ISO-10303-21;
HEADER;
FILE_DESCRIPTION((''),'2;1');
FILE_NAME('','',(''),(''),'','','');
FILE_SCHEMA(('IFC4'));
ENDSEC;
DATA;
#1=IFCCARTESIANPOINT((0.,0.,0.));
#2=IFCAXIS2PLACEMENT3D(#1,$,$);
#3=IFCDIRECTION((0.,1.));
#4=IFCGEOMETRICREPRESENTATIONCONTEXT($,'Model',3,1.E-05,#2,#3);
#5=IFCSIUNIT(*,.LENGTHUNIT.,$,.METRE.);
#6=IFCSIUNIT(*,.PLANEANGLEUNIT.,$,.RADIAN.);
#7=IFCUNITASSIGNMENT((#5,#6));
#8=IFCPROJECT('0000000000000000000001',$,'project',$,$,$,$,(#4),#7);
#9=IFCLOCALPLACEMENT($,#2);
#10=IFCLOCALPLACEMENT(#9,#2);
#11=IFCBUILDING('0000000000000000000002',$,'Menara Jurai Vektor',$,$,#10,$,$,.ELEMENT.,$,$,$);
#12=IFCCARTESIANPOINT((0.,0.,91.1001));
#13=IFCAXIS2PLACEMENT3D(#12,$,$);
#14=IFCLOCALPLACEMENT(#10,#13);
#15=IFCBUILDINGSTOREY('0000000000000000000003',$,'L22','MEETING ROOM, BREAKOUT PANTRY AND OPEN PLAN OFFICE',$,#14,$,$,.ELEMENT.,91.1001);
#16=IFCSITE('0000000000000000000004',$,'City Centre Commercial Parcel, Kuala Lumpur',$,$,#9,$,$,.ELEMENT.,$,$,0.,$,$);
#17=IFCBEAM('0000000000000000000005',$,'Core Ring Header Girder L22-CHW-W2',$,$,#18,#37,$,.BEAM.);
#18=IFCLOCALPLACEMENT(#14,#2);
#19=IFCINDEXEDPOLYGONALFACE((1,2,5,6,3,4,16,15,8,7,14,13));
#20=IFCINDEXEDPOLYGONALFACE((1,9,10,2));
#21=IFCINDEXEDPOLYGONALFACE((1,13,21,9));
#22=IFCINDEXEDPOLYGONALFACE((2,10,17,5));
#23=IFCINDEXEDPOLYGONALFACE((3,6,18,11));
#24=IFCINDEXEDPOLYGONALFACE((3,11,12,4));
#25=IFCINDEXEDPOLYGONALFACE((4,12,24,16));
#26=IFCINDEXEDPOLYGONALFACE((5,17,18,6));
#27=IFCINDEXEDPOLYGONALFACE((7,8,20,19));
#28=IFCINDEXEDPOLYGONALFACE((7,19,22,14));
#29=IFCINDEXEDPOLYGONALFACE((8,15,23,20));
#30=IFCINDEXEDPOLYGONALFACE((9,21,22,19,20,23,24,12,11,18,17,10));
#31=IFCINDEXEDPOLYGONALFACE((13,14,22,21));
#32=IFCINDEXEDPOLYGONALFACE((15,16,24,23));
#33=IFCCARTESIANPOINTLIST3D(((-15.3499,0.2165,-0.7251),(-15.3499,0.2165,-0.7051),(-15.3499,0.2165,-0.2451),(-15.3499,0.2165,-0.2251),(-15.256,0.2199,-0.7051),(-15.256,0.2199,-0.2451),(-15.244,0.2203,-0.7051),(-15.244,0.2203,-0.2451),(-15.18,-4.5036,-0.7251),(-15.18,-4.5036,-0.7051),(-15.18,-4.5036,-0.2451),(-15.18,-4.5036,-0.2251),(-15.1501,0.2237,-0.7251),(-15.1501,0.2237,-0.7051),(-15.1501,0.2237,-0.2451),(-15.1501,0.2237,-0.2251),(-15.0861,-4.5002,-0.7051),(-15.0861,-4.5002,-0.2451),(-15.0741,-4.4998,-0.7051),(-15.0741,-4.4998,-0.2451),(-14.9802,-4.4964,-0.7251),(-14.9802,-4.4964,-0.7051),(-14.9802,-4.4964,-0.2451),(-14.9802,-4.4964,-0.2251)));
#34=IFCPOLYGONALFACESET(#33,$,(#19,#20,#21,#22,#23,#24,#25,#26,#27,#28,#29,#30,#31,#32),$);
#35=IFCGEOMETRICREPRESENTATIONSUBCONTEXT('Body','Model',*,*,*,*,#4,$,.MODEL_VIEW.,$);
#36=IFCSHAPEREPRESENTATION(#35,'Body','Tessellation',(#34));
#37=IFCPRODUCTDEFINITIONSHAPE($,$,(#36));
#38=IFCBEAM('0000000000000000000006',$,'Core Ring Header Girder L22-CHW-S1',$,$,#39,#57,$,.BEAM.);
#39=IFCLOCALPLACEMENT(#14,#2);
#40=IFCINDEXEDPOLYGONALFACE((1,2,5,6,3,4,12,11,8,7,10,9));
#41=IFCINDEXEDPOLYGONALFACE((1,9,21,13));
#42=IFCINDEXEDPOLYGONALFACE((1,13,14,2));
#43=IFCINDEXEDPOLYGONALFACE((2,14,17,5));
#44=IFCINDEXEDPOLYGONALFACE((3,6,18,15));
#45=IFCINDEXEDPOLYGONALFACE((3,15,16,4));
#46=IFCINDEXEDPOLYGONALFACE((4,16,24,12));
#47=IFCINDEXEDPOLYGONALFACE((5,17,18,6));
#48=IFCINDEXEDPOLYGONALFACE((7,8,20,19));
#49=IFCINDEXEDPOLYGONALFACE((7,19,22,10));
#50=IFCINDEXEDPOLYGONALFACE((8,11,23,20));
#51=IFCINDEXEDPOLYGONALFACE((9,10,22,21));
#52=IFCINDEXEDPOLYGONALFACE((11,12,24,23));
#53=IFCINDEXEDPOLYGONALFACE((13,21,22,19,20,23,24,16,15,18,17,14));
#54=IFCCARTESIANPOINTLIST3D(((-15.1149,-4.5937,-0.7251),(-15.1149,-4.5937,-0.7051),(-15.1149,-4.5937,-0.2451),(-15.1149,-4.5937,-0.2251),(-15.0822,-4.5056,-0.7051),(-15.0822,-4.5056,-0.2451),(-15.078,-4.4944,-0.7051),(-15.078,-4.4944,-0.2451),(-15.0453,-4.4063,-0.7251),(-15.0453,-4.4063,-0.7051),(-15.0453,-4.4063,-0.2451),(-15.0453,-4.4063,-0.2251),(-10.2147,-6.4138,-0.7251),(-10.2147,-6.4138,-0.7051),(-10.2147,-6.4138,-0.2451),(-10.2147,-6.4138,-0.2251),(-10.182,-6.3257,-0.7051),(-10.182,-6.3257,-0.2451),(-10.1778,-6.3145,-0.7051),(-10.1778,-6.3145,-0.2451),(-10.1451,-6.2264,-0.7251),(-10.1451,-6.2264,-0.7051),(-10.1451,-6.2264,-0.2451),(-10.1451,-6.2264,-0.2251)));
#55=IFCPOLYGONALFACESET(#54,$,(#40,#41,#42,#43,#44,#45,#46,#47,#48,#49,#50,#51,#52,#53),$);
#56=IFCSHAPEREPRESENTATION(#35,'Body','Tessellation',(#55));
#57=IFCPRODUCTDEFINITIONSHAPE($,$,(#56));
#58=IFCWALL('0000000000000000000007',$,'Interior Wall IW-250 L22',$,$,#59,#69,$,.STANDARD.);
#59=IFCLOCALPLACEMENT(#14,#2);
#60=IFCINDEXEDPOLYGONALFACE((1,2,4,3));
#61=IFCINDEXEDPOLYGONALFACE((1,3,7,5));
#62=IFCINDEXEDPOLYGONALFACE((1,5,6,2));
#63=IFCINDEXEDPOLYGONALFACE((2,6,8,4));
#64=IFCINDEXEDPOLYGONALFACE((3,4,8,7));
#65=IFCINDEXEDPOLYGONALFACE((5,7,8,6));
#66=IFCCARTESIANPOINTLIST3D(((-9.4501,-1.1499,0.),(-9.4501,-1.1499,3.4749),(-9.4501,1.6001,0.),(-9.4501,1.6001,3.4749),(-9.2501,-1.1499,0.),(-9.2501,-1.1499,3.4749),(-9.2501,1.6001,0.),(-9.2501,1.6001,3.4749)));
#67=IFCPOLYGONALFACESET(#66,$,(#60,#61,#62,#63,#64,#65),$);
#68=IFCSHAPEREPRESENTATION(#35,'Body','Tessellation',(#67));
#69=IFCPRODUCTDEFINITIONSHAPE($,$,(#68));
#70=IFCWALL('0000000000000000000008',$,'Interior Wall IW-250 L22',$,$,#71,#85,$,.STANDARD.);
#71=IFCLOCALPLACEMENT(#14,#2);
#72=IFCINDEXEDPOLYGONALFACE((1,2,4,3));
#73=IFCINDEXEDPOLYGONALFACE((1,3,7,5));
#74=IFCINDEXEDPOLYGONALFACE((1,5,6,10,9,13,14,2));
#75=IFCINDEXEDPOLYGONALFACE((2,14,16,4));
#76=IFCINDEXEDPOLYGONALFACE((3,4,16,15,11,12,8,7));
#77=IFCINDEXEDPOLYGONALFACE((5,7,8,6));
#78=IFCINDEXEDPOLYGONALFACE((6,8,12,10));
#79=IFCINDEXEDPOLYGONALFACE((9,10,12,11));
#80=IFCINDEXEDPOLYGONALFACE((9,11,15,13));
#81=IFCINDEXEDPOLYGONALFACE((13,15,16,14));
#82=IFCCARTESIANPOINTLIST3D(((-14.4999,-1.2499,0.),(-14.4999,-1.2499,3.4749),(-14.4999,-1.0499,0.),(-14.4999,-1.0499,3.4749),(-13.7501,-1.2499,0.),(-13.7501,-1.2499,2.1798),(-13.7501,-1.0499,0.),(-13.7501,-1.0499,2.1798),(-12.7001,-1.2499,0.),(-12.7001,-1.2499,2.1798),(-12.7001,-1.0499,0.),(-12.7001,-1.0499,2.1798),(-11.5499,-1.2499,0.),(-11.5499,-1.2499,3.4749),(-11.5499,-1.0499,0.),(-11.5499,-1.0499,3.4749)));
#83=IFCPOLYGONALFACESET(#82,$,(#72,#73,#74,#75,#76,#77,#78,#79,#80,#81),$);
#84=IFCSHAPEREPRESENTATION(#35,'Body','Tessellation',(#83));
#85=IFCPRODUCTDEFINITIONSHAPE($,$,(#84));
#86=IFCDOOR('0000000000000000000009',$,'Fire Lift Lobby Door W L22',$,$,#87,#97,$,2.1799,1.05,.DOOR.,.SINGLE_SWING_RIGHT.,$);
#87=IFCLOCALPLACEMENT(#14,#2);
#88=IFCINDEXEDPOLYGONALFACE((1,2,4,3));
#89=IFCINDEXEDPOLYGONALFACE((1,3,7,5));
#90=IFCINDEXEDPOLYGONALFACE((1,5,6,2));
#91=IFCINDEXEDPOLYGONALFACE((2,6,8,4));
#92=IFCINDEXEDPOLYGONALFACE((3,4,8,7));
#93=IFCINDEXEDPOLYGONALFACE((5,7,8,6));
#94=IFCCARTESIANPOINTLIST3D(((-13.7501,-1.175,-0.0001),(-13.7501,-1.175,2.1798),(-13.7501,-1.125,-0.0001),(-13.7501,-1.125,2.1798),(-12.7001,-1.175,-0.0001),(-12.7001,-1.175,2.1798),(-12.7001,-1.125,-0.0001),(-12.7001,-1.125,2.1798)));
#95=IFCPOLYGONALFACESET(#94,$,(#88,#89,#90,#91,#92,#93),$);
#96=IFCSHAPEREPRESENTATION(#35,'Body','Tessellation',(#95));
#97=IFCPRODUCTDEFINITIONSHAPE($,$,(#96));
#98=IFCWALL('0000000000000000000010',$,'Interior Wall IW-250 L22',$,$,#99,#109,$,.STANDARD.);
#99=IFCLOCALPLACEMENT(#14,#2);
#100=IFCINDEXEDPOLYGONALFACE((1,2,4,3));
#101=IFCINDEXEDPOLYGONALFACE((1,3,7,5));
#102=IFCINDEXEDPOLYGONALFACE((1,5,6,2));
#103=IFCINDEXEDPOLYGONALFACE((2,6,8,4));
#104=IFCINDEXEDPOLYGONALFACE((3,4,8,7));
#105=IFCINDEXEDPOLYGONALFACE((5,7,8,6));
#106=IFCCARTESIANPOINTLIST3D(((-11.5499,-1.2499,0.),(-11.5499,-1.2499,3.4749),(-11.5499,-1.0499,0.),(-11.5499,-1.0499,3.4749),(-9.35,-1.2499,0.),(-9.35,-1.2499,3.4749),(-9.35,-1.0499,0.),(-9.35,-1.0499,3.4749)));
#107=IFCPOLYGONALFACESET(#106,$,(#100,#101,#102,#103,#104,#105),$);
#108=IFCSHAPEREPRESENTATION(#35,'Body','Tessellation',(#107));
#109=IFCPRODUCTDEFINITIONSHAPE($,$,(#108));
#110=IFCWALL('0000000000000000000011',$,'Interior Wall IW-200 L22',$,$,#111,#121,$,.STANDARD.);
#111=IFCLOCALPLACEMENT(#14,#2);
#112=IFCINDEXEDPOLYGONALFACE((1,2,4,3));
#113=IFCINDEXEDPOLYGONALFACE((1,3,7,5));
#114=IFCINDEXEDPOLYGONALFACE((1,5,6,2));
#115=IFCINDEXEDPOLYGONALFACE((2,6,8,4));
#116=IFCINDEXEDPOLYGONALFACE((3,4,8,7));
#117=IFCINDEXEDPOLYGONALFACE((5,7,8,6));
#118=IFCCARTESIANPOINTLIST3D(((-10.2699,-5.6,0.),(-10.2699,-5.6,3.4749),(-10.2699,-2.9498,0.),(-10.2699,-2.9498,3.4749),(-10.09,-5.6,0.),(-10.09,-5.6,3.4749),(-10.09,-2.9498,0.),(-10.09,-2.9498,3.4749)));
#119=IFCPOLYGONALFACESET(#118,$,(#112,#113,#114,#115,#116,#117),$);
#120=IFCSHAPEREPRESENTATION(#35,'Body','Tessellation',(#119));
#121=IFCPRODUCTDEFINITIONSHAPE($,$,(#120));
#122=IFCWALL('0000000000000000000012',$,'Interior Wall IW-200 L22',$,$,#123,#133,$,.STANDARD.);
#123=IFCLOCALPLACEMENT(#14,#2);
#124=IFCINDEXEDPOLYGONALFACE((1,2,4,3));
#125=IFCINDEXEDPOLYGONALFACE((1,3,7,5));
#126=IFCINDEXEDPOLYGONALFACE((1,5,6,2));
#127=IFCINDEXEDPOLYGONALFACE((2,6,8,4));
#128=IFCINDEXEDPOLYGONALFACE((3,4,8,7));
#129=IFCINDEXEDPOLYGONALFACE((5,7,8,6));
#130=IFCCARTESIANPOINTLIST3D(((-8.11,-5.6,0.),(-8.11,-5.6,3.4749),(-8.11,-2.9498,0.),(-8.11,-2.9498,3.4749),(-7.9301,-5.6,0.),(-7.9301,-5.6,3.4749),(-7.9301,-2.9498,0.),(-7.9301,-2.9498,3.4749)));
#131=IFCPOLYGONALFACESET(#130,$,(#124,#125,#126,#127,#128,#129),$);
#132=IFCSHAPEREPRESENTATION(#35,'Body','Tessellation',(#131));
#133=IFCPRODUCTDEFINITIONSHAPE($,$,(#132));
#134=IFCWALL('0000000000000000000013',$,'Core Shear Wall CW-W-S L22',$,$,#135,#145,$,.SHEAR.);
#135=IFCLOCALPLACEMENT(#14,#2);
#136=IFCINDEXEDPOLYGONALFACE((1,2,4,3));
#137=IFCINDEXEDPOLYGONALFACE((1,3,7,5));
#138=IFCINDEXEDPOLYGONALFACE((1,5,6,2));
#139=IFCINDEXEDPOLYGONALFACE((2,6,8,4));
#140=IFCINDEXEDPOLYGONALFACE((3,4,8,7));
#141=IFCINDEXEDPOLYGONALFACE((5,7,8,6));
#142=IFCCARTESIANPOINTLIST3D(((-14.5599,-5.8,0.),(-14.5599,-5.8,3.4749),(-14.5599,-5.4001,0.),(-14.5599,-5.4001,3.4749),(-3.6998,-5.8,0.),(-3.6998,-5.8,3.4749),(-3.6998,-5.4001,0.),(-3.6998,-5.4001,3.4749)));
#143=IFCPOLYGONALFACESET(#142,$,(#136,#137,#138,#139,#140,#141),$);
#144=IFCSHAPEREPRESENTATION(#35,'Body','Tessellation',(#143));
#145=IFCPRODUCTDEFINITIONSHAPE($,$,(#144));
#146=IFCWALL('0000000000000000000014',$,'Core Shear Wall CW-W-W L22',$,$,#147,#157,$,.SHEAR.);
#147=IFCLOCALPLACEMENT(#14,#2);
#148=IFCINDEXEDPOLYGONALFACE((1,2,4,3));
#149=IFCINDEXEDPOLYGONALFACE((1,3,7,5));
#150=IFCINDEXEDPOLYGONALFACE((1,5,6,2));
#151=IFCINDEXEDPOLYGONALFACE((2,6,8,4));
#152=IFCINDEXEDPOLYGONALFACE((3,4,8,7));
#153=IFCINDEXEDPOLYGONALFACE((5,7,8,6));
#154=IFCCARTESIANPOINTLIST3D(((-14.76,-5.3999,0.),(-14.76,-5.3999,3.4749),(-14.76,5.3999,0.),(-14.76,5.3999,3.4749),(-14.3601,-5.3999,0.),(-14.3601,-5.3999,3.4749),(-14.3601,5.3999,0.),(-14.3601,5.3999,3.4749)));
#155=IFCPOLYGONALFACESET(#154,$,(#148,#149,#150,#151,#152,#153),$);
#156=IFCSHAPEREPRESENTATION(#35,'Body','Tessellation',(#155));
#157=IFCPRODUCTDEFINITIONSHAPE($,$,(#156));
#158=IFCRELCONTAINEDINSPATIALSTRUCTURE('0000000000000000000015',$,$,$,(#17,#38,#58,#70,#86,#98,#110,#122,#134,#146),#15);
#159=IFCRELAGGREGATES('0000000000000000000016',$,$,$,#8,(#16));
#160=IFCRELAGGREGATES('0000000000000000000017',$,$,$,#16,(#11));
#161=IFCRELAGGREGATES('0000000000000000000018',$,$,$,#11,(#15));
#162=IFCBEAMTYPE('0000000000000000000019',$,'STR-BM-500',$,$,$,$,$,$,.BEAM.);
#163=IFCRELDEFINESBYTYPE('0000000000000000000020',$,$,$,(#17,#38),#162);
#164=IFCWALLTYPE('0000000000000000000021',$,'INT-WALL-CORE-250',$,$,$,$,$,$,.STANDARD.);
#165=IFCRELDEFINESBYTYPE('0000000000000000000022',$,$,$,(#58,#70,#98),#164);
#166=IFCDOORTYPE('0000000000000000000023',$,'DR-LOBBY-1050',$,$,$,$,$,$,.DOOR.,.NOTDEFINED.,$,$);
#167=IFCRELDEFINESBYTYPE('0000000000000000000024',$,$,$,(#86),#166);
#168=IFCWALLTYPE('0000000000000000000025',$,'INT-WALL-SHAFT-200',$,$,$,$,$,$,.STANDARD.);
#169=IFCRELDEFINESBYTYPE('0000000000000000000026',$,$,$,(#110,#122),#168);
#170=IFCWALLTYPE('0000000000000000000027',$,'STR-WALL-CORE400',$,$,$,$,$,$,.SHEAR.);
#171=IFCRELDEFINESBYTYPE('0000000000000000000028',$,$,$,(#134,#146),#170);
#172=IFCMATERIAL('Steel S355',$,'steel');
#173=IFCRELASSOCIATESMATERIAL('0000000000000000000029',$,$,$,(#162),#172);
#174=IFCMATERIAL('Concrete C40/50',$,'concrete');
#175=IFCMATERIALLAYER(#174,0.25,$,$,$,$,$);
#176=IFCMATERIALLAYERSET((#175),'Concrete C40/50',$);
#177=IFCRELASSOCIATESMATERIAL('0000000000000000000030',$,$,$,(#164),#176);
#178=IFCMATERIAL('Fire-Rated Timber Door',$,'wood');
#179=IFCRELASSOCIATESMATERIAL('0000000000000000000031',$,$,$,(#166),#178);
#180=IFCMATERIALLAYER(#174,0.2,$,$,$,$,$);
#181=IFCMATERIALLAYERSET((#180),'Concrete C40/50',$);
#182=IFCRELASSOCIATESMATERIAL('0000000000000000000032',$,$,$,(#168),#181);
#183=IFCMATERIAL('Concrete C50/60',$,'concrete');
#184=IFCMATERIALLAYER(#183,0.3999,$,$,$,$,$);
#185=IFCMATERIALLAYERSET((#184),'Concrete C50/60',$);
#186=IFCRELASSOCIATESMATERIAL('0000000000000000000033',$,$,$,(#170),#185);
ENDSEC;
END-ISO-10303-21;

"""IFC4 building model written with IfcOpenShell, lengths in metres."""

from ifc_helpers import new_model, si_unit, direction, frame, frame_2d, origin, origin_2d, place, context, subcontext, project, spatial, rectangle, i_section, extrude, material, layer, layer_set, material_profile, profile_set, type_object, element, fill, save


model = new_model("IFC4")

# Units and contexts
model_context = context("Model", 3, precision=1e-05, world=origin(), true_north=direction((0.0, 1.0)))
body_context = subcontext(model_context, "Body", "Model", "MODEL_VIEW")
ifc_project = project(units=[si_unit("LENGTHUNIT", "METRE"), si_unit("PLANEANGLEUNIT", "RADIAN")], contexts=[model_context])

# Site, building, storey
site_placement = place(None, origin())
site = spatial("IfcSite", under=ifc_project, at=site_placement, Name="City Centre Commercial Parcel, Kuala Lumpur", CompositionType="ELEMENT", RefElevation=0.0)
building_placement = place(site_placement, origin())
building = spatial("IfcBuilding", under=site, at=building_placement, Name="Menara Jurai Vektor", CompositionType="ELEMENT")
storey_placement = place(building_placement, frame((0.0, 0.0, 91.1001)))
storey = spatial("IfcBuildingStorey", under=building, at=storey_placement, Name="L22", Description="MEETING ROOM, BREAKOUT PANTRY AND OPEN PLAN OFFICE", CompositionType="ELEMENT", Elevation=91.1001)

# Beams
ifc_material_1 = material(Name="Steel S355", Category="steel")
ifc_material_profile = material_profile(ifc_material_1, i_section(OverallWidth=0.2, OverallDepth=0.5, WebThickness=0.012, FlangeThickness=0.02, at=origin_2d()), Name="PG 500x200x96")
ifc_profile_set = profile_set([ifc_material_profile], Name="Steel S355")
beam_type = type_object("IfcBeamType", Name="STR-BM-500", PredefinedType="BEAM", material=ifc_profile_set)
beam_1_placement = place(storey_placement, frame((-15.0801, -4.5, -0.4751), z_axis=(-0.035977, 0.999353, 0.0), x_axis=(-0.999353, -0.035977, 0.0)))
element("IfcBeam", 1, at=beam_1_placement, inside=storey, type_object=beam_type, Name="Core Ring Header Girder L22-CHW-W2", PredefinedType="BEAM", context=body_context, shape_type="SweptSolid", body=[
    extrude(i_section(OverallWidth=0.2, OverallDepth=0.5, WebThickness=0.012, FlangeThickness=0.02, at=origin_2d()), origin(), (0.0, 0.0, 1.0), 4.7231),
])
beam_2_placement = place(storey_placement, frame((-15.0801, -4.5, -0.4751), z_axis=(0.937424, -0.348189, 0.0), x_axis=(0.348189, 0.937424, 0.0)))
element("IfcBeam", 2, at=beam_2_placement, inside=storey, type_object=beam_type, Name="Core Ring Header Girder L22-CHW-S1", PredefinedType="BEAM", context=body_context, shape_type="SweptSolid", body=[
    extrude(i_section(OverallWidth=0.2, OverallDepth=0.5, WebThickness=0.012, FlangeThickness=0.02, at=origin_2d()), origin(), (0.0, 0.0, 1.0), 5.2273),
])

# Shared definitions
ifc_material_2 = material(Name="Concrete C40/50", Category="concrete")
ifc_layer_1 = layer(ifc_material_2, 0.25)
ifc_layer_set_1 = layer_set([ifc_layer_1], Name="Concrete C40/50")
wall_type_1 = type_object("IfcWallType", Name="INT-WALL-CORE-250", PredefinedType="STANDARD", material=ifc_layer_set_1)

# Wall
wall_1_placement = place(storey_placement, frame((-9.3501, -1.1499, 0.0), z_axis=(0.0, 0.0, 1.0), x_axis=(0.0, 1.0, 0.0)))
element("IfcWall", 3, at=wall_1_placement, inside=storey, type_object=wall_type_1, Name="Interior Wall IW-250 L22", PredefinedType="STANDARD", context=body_context, shape_type="SweptSolid", body=[
    extrude(rectangle(XDim=2.75, YDim=0.2, at=frame_2d((1.375, 0.0))), origin(), (0.0, 0.0, 1.0), 3.4749),
])

# Wall, opening, door
wall_2_placement = place(storey_placement, frame((-14.5, -1.1499, 0.0), z_axis=(0.0, 0.0, 1.0), x_axis=(1.0, 0.0, 0.0)))
wall_2 = element("IfcWall", 4, at=wall_2_placement, inside=storey, type_object=wall_type_1, Name="Interior Wall IW-250 L22", PredefinedType="STANDARD", context=body_context, shape_type="SweptSolid", body=[
    extrude(rectangle(XDim=2.95, YDim=0.2, at=frame_2d((1.4751, 0.0))), origin(), (0.0, 0.0, 1.0), 3.4749),
])
opening_1_placement = place(wall_2_placement, frame((0.75, 0.0, 0.0)))
opening_1 = element("IfcOpeningElement", 5, at=opening_1_placement, cuts=wall_2, PredefinedType="OPENING", context=body_context, shape_type="SweptSolid", body=[
    extrude(rectangle(XDim=1.05, YDim=2.1799, at=frame_2d((0.5249, 1.0898))), frame((0.0, 0.1099, 0.0), z_axis=(0.0, -1.0, 0.0), x_axis=(1.0, 0.0, 0.0)), (0.0, 0.0, 1.0), 0.22),
])
ifc_material_3 = material(Name="Fire-Rated Timber Door", Category="wood")
door_type_1 = type_object("IfcDoorType", Name="DR-LOBBY-1050", OperationType="NOTDEFINED", PredefinedType="DOOR", material=ifc_material_3)
door_1_placement = place(opening_1_placement, origin())
door_1 = element("IfcDoor", 6, at=door_1_placement, inside=storey, type_object=door_type_1, Name="Fire Lift Lobby Door W L22", OperationType="SINGLE_SWING_RIGHT", OverallHeight=2.1799, OverallWidth=1.05, PredefinedType="DOOR", context=body_context, shape_type="SweptSolid", body=[
    extrude(rectangle(XDim=1.05, YDim=2.1799, at=frame_2d((0.5249, 1.0898))), frame((0.0, 0.0249, 0.0), z_axis=(0.0, -1.0, 0.0), x_axis=(1.0, 0.0, 0.0)), (0.0, 0.0, 1.0), 0.05),
])
fill(opening_1, door_1)

# Wall
wall_3_placement = place(storey_placement, frame((-11.55, -1.1499, 0.0), z_axis=(0.0, 0.0, 1.0), x_axis=(1.0, 0.0, 0.0)))
element("IfcWall", 7, at=wall_3_placement, inside=storey, type_object=wall_type_1, Name="Interior Wall IW-250 L22", PredefinedType="STANDARD", context=body_context, shape_type="SweptSolid", body=[
    extrude(rectangle(XDim=2.2, YDim=0.2, at=frame_2d((1.1001, 0.0))), origin(), (0.0, 0.0, 1.0), 3.4749),
])

# Shared definitions
ifc_layer_2 = layer(ifc_material_2, 0.2)
ifc_layer_set_2 = layer_set([ifc_layer_2], Name="Concrete C40/50")
wall_type_2 = type_object("IfcWallType", Name="INT-WALL-SHAFT-200", PredefinedType="STANDARD", material=ifc_layer_set_2)

# Walls
for number, where, z_axis, x_axis, name in (
    (8, (-10.1799, -5.6001, 0.0), (0.0, 0.0, 1.0), (0.0, 1.0, 0.0), "Interior Wall IW-200 L22"),
    (9, (-8.02, -5.6001, 0.0), (0.0, 0.0, 1.0), (0.0, 1.0, 0.0), "Interior Wall IW-200 L22"),
):
    element("IfcWall", number, at=place(storey_placement, frame(where, z_axis=z_axis, x_axis=x_axis)), inside=storey, type_object=wall_type_2, Name=name, PredefinedType="STANDARD", context=body_context, shape_type="SweptSolid", body=[
        extrude(rectangle(XDim=2.6501, YDim=0.1799, at=frame_2d((1.3252, 0.0))), origin(), (0.0, 0.0, 1.0), 3.4749),
    ])
ifc_material_4 = material(Name="Concrete C50/60", Category="concrete")
ifc_layer_3 = layer(ifc_material_4, 0.3999)
ifc_layer_set_3 = layer_set([ifc_layer_3], Name="Concrete C50/60")
wall_type_3 = type_object("IfcWallType", Name="STR-WALL-CORE400", PredefinedType="SHEAR", material=ifc_layer_set_3)
wall_4_placement = place(storey_placement, frame((-14.5601, -5.6001, 0.0), z_axis=(0.0, 0.0, 1.0), x_axis=(1.0, 0.0, 0.0)))
element("IfcWall", 10, at=wall_4_placement, inside=storey, type_object=wall_type_3, Name="Core Shear Wall CW-W-S L22", PredefinedType="SHEAR", context=body_context, shape_type="SweptSolid", body=[
    extrude(rectangle(XDim=10.8601, YDim=0.3999, at=frame_2d((5.4302, 0.0))), origin(), (0.0, 0.0, 1.0), 3.4749),
])
wall_5_placement = place(storey_placement, frame((-14.5601, -5.3999, 0.0), z_axis=(0.0, 0.0, 1.0), x_axis=(0.0, 1.0, 0.0)))
element("IfcWall", 11, at=wall_5_placement, inside=storey, type_object=wall_type_3, Name="Core Shear Wall CW-W-W L22", PredefinedType="SHEAR", context=body_context, shape_type="SweptSolid", body=[
    extrude(rectangle(XDim=10.7998, YDim=0.3999, at=frame_2d((5.3999, 0.0))), origin(), (0.0, 0.0, 1.0), 3.4749),
])

save(model, "model.ifc")
